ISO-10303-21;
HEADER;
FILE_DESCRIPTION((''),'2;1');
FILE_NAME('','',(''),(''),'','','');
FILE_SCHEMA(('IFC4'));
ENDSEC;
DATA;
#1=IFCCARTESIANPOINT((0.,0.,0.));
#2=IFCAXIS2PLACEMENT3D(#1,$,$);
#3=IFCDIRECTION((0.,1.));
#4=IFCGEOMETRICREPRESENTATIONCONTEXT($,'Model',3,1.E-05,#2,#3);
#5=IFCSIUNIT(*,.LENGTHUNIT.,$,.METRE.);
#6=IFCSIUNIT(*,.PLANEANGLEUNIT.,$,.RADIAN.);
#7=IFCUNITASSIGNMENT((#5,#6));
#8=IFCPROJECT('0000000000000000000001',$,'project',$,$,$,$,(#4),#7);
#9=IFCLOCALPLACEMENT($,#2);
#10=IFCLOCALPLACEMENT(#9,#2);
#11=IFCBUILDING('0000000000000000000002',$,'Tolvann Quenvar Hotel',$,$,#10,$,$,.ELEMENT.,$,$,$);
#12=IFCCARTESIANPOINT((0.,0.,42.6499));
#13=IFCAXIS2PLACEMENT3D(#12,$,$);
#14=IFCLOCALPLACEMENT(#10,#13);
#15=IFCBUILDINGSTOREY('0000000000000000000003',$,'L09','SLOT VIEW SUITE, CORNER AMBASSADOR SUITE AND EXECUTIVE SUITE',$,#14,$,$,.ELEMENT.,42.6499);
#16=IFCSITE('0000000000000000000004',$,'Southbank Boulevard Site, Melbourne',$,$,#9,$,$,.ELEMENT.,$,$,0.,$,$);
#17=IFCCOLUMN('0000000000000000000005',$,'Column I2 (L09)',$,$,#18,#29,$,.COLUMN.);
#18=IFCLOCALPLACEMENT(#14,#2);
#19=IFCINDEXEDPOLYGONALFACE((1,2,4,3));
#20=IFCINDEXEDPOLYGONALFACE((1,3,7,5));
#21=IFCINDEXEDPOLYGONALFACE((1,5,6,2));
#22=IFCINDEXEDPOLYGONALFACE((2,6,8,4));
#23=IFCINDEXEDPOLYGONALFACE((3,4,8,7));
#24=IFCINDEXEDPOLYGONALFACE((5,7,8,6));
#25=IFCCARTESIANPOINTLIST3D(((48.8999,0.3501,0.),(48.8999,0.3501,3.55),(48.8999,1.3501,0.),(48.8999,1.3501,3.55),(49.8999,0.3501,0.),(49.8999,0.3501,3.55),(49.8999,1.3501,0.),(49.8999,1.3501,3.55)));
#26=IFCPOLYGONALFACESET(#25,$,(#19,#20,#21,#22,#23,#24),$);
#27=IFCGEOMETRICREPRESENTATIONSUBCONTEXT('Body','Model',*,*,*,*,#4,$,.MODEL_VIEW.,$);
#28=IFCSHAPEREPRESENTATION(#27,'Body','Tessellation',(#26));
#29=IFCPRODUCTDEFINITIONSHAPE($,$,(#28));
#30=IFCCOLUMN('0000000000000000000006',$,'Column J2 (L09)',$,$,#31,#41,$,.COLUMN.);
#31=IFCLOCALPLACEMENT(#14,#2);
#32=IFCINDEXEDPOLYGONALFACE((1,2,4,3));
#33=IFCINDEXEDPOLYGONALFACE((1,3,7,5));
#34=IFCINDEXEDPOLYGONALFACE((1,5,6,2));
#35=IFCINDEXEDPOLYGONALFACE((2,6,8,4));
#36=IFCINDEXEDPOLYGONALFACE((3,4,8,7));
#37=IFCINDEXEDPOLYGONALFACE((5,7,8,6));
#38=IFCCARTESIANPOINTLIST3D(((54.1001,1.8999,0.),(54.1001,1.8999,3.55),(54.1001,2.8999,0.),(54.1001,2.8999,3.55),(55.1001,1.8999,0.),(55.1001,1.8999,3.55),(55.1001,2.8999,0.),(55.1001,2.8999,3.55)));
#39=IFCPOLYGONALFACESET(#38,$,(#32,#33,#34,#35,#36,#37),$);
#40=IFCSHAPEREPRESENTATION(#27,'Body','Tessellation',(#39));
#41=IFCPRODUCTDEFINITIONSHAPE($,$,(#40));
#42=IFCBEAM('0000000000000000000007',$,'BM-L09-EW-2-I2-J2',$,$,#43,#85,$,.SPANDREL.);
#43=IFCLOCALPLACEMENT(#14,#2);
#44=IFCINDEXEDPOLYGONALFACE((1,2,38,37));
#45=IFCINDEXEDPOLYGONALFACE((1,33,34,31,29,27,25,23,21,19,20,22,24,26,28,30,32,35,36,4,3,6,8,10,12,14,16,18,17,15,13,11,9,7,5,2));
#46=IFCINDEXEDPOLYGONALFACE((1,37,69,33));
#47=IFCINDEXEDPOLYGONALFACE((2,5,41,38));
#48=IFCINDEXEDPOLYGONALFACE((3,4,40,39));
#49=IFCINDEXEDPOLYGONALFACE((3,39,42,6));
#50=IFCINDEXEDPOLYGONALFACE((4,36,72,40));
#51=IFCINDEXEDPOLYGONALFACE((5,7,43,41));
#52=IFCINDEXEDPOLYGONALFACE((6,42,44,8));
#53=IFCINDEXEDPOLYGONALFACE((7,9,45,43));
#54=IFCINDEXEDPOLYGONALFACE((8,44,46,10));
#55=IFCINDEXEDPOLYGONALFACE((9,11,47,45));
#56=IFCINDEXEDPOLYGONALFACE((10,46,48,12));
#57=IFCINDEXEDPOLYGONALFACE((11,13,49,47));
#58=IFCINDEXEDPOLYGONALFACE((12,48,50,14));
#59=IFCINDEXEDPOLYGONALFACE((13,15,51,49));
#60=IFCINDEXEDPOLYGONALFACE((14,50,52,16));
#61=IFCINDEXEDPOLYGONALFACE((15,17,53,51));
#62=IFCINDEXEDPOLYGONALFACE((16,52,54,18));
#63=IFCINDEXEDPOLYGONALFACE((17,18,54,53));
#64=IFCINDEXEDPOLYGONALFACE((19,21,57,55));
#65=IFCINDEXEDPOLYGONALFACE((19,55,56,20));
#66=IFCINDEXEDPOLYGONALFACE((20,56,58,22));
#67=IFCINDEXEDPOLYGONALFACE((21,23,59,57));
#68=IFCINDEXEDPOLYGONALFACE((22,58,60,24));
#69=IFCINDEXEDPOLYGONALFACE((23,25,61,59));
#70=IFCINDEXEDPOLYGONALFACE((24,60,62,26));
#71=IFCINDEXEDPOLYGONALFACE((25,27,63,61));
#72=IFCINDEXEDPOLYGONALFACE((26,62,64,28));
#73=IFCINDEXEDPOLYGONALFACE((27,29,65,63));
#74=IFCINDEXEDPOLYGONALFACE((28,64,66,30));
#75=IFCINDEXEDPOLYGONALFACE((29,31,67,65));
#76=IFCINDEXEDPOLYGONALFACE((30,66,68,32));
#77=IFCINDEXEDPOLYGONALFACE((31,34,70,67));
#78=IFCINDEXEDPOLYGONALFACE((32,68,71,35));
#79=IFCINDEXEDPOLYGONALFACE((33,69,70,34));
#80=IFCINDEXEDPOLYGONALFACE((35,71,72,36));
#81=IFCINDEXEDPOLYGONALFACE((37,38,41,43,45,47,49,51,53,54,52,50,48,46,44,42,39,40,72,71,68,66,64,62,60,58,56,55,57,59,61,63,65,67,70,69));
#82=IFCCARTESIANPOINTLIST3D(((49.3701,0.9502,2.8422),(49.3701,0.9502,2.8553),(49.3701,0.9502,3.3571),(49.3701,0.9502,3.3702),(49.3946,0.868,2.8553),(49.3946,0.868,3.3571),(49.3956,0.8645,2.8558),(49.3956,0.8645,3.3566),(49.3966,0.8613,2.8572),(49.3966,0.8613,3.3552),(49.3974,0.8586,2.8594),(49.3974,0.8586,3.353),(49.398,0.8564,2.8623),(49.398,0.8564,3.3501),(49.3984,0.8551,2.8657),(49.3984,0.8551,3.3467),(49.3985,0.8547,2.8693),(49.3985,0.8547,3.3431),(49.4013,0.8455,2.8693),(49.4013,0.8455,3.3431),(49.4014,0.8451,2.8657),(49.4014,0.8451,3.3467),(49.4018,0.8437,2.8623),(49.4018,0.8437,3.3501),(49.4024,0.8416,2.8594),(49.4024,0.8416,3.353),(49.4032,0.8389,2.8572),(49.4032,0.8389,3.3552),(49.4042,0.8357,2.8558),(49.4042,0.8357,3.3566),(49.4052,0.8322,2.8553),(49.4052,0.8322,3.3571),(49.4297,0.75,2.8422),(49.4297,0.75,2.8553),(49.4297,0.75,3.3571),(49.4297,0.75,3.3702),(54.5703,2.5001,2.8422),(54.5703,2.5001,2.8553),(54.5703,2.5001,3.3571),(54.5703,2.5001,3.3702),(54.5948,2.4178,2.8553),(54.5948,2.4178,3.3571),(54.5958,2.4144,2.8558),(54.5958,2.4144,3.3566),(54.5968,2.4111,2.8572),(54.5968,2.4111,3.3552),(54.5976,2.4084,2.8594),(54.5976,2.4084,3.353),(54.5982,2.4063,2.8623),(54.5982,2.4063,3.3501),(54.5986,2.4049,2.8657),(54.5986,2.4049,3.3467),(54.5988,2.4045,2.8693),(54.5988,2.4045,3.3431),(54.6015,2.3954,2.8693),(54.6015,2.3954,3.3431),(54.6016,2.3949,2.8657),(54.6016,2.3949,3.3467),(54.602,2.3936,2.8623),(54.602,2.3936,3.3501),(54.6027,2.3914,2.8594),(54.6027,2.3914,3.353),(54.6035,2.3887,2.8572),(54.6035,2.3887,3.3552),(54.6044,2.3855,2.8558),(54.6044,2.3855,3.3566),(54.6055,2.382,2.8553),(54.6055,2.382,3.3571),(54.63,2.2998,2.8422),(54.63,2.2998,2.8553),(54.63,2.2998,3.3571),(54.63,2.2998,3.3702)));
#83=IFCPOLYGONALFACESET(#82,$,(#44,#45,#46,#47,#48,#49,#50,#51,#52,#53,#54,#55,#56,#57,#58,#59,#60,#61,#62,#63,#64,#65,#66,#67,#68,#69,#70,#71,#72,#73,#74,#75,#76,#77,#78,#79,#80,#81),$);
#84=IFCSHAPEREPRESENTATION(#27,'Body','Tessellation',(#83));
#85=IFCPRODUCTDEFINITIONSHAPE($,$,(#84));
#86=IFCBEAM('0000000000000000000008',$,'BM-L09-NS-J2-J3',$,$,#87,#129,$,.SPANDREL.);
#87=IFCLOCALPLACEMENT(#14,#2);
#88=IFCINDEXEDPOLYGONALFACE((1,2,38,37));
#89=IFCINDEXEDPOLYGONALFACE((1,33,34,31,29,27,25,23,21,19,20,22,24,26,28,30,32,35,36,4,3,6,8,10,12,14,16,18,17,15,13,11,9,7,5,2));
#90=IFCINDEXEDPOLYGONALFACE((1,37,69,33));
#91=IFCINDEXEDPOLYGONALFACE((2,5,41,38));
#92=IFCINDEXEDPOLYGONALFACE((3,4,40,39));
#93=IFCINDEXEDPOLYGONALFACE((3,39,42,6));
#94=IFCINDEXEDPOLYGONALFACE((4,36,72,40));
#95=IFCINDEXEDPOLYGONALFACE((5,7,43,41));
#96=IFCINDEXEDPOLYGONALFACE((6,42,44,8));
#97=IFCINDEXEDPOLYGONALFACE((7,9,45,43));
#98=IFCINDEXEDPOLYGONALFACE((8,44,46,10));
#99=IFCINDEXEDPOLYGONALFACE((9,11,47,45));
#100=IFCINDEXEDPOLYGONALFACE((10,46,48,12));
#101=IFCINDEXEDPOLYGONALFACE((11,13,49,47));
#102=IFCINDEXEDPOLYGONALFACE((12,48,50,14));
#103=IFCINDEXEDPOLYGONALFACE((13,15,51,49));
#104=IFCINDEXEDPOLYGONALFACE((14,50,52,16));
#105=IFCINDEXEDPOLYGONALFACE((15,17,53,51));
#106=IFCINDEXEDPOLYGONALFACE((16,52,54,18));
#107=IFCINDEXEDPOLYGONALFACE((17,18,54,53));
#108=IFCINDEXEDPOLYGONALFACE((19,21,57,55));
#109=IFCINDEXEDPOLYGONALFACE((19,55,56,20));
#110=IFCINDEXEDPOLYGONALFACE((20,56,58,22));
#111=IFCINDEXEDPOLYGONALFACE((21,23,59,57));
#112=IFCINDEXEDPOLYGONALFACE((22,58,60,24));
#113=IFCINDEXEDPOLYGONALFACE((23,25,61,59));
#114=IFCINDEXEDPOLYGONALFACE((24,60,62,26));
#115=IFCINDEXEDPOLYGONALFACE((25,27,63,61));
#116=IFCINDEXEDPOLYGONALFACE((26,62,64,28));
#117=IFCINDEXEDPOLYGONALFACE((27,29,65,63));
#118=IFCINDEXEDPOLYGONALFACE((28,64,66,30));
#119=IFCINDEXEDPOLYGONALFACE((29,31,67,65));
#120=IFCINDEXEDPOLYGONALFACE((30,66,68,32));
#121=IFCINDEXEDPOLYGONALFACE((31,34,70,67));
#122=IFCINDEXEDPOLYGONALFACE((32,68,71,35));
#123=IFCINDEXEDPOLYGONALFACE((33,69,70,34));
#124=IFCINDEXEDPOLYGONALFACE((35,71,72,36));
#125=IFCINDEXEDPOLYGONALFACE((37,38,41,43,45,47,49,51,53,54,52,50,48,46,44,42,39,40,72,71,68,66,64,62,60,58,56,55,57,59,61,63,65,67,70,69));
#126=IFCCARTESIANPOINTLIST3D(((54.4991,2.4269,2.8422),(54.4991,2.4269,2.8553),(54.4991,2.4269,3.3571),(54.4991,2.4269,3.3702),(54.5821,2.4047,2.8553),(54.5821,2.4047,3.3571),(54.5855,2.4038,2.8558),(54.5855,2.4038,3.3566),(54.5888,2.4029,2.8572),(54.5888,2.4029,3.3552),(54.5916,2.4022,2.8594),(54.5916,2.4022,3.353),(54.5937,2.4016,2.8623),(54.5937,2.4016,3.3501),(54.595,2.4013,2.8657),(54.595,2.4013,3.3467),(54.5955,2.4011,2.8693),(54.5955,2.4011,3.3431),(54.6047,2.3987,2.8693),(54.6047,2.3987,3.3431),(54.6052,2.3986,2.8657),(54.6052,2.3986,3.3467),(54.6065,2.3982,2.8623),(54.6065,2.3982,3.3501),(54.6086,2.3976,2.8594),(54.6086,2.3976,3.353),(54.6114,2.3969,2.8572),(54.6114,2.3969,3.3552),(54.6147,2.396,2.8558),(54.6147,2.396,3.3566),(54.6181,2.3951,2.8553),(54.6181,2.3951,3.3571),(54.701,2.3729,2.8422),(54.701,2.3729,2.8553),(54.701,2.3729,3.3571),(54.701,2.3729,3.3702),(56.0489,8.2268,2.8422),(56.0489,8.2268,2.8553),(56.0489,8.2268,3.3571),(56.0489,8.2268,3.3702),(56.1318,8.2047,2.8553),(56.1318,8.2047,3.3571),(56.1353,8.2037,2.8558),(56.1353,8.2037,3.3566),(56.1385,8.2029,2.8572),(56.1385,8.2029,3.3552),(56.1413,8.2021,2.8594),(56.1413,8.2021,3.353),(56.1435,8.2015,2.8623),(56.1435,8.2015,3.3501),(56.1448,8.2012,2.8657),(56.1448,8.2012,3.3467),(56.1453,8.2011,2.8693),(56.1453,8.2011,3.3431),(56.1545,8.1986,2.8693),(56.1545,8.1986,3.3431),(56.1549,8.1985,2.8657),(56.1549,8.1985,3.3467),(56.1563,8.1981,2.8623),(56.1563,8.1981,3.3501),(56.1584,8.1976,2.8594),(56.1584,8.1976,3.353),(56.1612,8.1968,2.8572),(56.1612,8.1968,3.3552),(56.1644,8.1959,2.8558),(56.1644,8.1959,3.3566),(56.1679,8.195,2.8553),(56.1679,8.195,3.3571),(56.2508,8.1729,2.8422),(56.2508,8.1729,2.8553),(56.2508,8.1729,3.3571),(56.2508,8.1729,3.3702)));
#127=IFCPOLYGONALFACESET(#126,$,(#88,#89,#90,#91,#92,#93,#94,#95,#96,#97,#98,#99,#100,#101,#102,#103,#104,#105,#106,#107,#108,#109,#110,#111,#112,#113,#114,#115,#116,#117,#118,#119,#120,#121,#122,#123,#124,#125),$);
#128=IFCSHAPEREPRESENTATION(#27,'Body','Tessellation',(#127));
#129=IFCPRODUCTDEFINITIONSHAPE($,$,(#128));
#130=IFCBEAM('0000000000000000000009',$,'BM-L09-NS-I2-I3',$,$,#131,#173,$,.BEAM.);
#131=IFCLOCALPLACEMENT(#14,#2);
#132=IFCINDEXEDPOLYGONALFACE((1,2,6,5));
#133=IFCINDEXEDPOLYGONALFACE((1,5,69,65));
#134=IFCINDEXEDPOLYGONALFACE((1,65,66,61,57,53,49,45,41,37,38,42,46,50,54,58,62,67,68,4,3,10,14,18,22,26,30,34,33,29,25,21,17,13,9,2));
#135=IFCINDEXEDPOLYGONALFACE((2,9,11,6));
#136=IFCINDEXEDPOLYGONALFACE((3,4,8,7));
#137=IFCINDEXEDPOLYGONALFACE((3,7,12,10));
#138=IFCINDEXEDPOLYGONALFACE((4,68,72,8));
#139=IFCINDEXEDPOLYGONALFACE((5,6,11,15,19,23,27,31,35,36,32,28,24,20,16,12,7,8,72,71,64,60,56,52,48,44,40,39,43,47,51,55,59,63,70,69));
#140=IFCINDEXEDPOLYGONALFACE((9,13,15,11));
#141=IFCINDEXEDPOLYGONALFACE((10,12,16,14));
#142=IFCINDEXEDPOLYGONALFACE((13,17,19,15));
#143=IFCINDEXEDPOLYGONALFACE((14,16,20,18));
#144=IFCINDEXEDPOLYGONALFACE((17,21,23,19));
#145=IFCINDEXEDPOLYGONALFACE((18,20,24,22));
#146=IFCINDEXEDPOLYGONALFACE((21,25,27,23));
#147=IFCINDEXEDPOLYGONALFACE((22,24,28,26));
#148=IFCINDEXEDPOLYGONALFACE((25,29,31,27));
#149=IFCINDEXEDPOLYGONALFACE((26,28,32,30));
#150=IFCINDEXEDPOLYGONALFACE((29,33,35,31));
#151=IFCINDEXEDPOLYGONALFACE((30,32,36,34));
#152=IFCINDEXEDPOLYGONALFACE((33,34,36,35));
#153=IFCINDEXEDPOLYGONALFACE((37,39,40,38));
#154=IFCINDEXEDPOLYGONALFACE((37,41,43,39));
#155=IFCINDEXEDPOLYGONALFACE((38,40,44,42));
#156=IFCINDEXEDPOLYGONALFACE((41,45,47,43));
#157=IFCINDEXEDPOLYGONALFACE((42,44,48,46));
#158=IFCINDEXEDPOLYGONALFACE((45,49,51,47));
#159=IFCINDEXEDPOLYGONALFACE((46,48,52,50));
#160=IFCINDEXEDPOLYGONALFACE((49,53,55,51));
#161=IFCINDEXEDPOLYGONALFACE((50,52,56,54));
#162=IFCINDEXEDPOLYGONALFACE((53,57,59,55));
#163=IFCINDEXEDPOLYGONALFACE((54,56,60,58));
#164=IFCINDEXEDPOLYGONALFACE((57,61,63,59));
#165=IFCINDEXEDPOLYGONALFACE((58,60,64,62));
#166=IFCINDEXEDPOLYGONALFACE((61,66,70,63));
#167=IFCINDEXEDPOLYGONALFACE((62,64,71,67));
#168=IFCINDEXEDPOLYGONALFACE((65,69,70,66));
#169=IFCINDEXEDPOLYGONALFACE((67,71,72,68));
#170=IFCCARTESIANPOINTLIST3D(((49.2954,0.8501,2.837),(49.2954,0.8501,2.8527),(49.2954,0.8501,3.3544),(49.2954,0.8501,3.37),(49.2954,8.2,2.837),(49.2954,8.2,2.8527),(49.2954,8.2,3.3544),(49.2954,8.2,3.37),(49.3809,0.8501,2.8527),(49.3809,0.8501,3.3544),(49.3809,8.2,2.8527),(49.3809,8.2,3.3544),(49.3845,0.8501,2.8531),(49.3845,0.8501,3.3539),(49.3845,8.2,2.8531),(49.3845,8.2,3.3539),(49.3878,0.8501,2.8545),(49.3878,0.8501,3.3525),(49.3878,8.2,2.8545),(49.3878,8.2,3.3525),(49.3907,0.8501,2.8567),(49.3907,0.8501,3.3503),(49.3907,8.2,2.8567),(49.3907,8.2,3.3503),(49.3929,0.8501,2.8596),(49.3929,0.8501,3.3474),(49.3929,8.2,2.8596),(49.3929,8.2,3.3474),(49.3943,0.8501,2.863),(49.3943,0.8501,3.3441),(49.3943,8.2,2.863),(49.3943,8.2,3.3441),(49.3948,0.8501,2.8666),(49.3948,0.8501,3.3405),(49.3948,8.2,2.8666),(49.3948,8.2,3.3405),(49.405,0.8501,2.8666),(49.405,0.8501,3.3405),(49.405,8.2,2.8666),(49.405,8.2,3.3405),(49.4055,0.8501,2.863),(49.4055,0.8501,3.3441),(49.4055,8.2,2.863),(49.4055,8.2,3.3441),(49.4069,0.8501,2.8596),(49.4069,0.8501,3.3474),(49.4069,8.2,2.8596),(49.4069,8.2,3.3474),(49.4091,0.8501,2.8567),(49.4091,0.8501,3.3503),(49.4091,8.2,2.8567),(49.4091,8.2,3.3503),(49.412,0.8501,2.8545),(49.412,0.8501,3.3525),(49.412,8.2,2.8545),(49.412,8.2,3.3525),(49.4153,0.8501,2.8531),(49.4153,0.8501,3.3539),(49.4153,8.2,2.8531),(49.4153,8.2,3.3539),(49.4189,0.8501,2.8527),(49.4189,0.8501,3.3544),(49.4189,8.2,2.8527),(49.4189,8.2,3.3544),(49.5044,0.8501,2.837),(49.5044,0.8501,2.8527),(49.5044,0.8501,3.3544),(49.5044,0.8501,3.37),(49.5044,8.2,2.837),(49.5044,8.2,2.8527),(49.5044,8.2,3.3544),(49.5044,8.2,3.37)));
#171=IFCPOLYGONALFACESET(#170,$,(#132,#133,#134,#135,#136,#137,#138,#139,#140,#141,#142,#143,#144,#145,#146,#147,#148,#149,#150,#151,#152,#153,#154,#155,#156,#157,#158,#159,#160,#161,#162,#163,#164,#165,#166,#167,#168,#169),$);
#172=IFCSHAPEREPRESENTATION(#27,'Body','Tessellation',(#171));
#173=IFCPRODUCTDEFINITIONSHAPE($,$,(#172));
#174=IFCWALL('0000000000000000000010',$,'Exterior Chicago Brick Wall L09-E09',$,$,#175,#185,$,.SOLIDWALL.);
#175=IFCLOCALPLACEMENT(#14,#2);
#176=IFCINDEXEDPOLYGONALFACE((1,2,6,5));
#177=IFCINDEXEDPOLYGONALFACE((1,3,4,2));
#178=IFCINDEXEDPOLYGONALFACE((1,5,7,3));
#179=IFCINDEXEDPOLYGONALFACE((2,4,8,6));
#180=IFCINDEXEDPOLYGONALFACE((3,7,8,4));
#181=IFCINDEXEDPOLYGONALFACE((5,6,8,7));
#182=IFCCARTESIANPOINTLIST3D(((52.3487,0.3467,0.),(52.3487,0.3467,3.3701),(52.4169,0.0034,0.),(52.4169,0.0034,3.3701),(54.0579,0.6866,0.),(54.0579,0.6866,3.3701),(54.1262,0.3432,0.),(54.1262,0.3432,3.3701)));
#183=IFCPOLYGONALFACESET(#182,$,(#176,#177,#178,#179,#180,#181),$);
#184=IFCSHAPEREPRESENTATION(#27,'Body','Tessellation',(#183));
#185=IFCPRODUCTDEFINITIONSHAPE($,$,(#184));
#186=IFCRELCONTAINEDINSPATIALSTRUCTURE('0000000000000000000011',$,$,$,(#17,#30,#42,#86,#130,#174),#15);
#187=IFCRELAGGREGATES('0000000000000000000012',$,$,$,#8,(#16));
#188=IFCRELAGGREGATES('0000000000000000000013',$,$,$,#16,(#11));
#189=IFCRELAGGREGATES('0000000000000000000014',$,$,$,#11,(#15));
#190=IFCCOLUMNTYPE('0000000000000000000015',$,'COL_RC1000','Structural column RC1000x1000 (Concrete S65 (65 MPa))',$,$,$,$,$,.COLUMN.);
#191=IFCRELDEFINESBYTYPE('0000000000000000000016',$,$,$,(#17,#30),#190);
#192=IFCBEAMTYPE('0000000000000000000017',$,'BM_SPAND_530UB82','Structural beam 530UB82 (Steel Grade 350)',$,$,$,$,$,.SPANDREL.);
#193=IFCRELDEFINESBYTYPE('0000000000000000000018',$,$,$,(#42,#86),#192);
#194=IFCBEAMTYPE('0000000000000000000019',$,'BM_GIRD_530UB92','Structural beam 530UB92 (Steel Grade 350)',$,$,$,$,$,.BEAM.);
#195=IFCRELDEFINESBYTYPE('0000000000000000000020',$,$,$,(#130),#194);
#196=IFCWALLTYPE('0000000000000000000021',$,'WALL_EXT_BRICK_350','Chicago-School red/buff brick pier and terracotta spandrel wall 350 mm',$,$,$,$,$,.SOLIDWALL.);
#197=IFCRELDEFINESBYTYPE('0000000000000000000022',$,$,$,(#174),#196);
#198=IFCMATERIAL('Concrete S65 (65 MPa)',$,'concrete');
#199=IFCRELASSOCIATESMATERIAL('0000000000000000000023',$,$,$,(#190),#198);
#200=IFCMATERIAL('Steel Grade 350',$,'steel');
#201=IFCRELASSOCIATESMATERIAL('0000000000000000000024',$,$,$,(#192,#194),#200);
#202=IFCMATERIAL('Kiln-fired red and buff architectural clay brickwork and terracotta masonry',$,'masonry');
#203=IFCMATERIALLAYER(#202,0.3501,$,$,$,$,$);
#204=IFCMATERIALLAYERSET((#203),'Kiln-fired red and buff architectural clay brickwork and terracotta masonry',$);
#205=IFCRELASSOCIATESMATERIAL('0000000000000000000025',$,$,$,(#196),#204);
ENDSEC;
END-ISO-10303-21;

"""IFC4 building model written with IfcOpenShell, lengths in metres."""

from ifc_helpers import new_model, si_unit, direction, frame, frame_2d, origin, origin_2d, place, context, subcontext, project, spatial, rectangle, i_section, extrude, source, transform, mapped, material, layer, layer_set, material_profile, profile_set, type_object, type_shapes, element, save


model = new_model("IFC4")

# Units and contexts
model_context = context("Model", 3, precision=1e-05, world=origin(), true_north=direction((0.0, 1.0)))
body_context = subcontext(model_context, "Body", "Model", "MODEL_VIEW")
ifc_project = project(units=[si_unit("LENGTHUNIT", "METRE"), si_unit("PLANEANGLEUNIT", "RADIAN")], contexts=[model_context])

# Site, building, storey
site_placement = place(None, origin())
site = spatial("IfcSite", under=ifc_project, at=site_placement, Name="Southbank Boulevard Site, Melbourne", CompositionType="ELEMENT", RefElevation=0.0)
building_placement = place(site_placement, origin())
building = spatial("IfcBuilding", under=site, at=building_placement, Name="Tolvann Quenvar Hotel", CompositionType="ELEMENT")
storey_placement = place(building_placement, frame((0.0, 0.0, 42.6499)))
storey = spatial("IfcBuildingStorey", under=building, at=storey_placement, Name="L09", Description="SLOT VIEW SUITE, CORNER AMBASSADOR SUITE AND EXECUTIVE SUITE", CompositionType="ELEMENT", Elevation=42.6499)

# Columns
ifc_material_1 = material(Name="Concrete S65 (65 MPa)", Category="concrete")
ifc_material_profile_1 = material_profile(ifc_material_1, rectangle(XDim=1.0, YDim=1.0, at=origin_2d()), Name="RC1000x1000")
ifc_profile_set_1 = profile_set([ifc_material_profile_1], Name="Concrete S65 (65 MPa)")
column_type = type_object("IfcColumnType", Name="COL_RC1000", Description="Structural column RC1000x1000 (Concrete S65 (65 MPa))", PredefinedType="COLUMN", material=ifc_profile_set_1)
shared_shape_1 = source(origin(), body_context, "Body", "SweptSolid", [
    extrude(rectangle(XDim=1.0, YDim=1.0, at=origin_2d()), origin(), (0.0, 0.0, 1.0), 3.55),
])
type_shapes(column_type, [shared_shape_1])
for number, where, z_axis, x_axis, name in (
    (1, (49.3999, 0.8501, 0.0), (0.0, 0.0, 1.0), (1.0, 0.0, 0.0), "Column I2 (L09)"),
    (2, (54.6001, 2.3999, 0.0), (0.0, 0.0, 1.0), (1.0, 0.0, 0.0), "Column J2 (L09)"),
):
    element("IfcColumn", number, at=place(storey_placement, frame(where, z_axis=z_axis, x_axis=x_axis)), inside=storey, type_object=column_type, Name=name, PredefinedType="COLUMN", context=body_context, shape_type="MappedRepresentation", body=[
        mapped(shared_shape_1, transform((0.0, 0.0, 0.0), x_axis=(1.0, 0.0, 0.0), y_axis=(0.0, 1.0, 0.0), z_axis=(0.0, 0.0, 1.0), scale=1.0)),
    ])

# Beams
ifc_material_2 = material(Name="Steel Grade 350", Category="steel")
ifc_material_profile_2 = material_profile(ifc_material_2, i_section(OverallWidth=0.209, OverallDepth=0.5281, WebThickness=0.0095, FlangeThickness=0.0132, FilletRadius=0.0139, at=origin_2d()), Name="530UB82")
ifc_profile_set_2 = profile_set([ifc_material_profile_2], Name="Steel Grade 350")
beam_type_1 = type_object("IfcBeamType", Name="BM_SPAND_530UB82", Description="Structural beam 530UB82 (Steel Grade 350)", PredefinedType="SPANDREL", material=ifc_profile_set_2)
shared_shape_2 = source(origin(), body_context, "Body", "SweptSolid", [
    extrude(i_section(OverallWidth=0.209, OverallDepth=0.5281, WebThickness=0.0095, FlangeThickness=0.0132, FilletRadius=0.0139, at=origin_2d()), origin(), (0.0, 0.0, 1.0), 5.4263),
])
beam_1_placement = place(storey_placement, frame((49.3999, 0.8501, 3.1062), z_axis=(0.958345, 0.285614, 0.0), x_axis=(-0.285614, 0.958345, 0.0)))
element("IfcBeam", 3, at=beam_1_placement, inside=storey, type_object=beam_type_1, Name="BM-L09-EW-2-I2-J2", PredefinedType="SPANDREL", context=body_context, shape_type="MappedRepresentation", body=[
    mapped(shared_shape_2, transform((0.0, 0.0, 0.0), x_axis=(1.0, 0.0, 0.0), y_axis=(0.0, 1.0, 0.0), z_axis=(0.0, 0.0, 1.0), scale=1.0)),
])
shared_shape_3 = source(origin(), body_context, "Body", "SweptSolid", [
    extrude(i_section(OverallWidth=0.209, OverallDepth=0.5281, WebThickness=0.0095, FlangeThickness=0.0132, FilletRadius=0.0139, at=origin_2d()), origin(), (0.0, 0.0, 1.0), 6.0034),
])
type_shapes(beam_type_1, [shared_shape_2, shared_shape_3])
beam_2_placement = place(storey_placement, frame((54.6001, 2.3999, 3.1062), z_axis=(0.258149, 0.966105, 0.0), x_axis=(-0.966105, 0.258149, 0.0)))
element("IfcBeam", 4, at=beam_2_placement, inside=storey, type_object=beam_type_1, Name="BM-L09-NS-J2-J3", PredefinedType="SPANDREL", context=body_context, shape_type="MappedRepresentation", body=[
    mapped(shared_shape_3, transform((0.0, 0.0, 0.0), x_axis=(1.0, 0.0, 0.0), y_axis=(0.0, 1.0, 0.0), z_axis=(0.0, 0.0, 1.0), scale=1.0)),
])
ifc_material_profile_3 = material_profile(ifc_material_2, i_section(OverallWidth=0.209, OverallDepth=0.533, WebThickness=0.0103, FlangeThickness=0.0156, FilletRadius=0.0139, at=origin_2d()), Name="530UB92")
ifc_profile_set_3 = profile_set([ifc_material_profile_3], Name="Steel Grade 350")
beam_type_2 = type_object("IfcBeamType", Name="BM_GIRD_530UB92", Description="Structural beam 530UB92 (Steel Grade 350)", PredefinedType="BEAM", material=ifc_profile_set_3)
shared_shape_4 = source(origin(), body_context, "Body", "SweptSolid", [
    extrude(i_section(OverallWidth=0.209, OverallDepth=0.533, WebThickness=0.0103, FlangeThickness=0.0156, FilletRadius=0.0139, at=origin_2d()), origin(), (0.0, 0.0, 1.0), 7.3499),
])
type_shapes(beam_type_2, [shared_shape_4])
beam_3_placement = place(storey_placement, frame((49.3999, 0.8501, 3.1035), z_axis=(0.0, 1.0, 0.0), x_axis=(-1.0, 0.0, 0.0)))
element("IfcBeam", 5, at=beam_3_placement, inside=storey, type_object=beam_type_2, Name="BM-L09-NS-I2-I3", PredefinedType="BEAM", context=body_context, shape_type="MappedRepresentation", body=[
    mapped(shared_shape_4, transform((0.0, 0.0, 0.0), x_axis=(1.0, 0.0, 0.0), y_axis=(0.0, 1.0, 0.0), z_axis=(0.0, 0.0, 1.0), scale=1.0)),
])

# Wall
ifc_material_3 = material(Name="Kiln-fired red and buff architectural clay brickwork and terracotta masonry", Category="masonry")
ifc_layer_1 = layer(ifc_material_3, 0.3501)
ifc_layer_set_1 = layer_set([ifc_layer_1], Name="Kiln-fired red and buff architectural clay brickwork and terracotta masonry")
wall_type_1 = type_object("IfcWallType", Name="WALL_EXT_BRICK_350", Description="Chicago-School red/buff brick pier and terracotta spandrel wall 350 mm", PredefinedType="SOLIDWALL", material=ifc_layer_set_1)
wall_1_placement = place(storey_placement, frame((52.3828, 0.175, 0.0), z_axis=(0.0, 0.0, 1.0), x_axis=(0.980801, 0.195011, 0.0)))
element("IfcWall", 6, at=wall_1_placement, inside=storey, type_object=wall_type_1, Name="Exterior Chicago Brick Wall L09-E09", PredefinedType="SOLIDWALL", context=body_context, shape_type="SweptSolid", body=[
    extrude(rectangle(XDim=1.7427, YDim=0.3501, at=frame_2d((0.8713, 0.0))), origin(), (0.0, 0.0, 1.0), 3.3701),
])

save(model, "model.ifc")
